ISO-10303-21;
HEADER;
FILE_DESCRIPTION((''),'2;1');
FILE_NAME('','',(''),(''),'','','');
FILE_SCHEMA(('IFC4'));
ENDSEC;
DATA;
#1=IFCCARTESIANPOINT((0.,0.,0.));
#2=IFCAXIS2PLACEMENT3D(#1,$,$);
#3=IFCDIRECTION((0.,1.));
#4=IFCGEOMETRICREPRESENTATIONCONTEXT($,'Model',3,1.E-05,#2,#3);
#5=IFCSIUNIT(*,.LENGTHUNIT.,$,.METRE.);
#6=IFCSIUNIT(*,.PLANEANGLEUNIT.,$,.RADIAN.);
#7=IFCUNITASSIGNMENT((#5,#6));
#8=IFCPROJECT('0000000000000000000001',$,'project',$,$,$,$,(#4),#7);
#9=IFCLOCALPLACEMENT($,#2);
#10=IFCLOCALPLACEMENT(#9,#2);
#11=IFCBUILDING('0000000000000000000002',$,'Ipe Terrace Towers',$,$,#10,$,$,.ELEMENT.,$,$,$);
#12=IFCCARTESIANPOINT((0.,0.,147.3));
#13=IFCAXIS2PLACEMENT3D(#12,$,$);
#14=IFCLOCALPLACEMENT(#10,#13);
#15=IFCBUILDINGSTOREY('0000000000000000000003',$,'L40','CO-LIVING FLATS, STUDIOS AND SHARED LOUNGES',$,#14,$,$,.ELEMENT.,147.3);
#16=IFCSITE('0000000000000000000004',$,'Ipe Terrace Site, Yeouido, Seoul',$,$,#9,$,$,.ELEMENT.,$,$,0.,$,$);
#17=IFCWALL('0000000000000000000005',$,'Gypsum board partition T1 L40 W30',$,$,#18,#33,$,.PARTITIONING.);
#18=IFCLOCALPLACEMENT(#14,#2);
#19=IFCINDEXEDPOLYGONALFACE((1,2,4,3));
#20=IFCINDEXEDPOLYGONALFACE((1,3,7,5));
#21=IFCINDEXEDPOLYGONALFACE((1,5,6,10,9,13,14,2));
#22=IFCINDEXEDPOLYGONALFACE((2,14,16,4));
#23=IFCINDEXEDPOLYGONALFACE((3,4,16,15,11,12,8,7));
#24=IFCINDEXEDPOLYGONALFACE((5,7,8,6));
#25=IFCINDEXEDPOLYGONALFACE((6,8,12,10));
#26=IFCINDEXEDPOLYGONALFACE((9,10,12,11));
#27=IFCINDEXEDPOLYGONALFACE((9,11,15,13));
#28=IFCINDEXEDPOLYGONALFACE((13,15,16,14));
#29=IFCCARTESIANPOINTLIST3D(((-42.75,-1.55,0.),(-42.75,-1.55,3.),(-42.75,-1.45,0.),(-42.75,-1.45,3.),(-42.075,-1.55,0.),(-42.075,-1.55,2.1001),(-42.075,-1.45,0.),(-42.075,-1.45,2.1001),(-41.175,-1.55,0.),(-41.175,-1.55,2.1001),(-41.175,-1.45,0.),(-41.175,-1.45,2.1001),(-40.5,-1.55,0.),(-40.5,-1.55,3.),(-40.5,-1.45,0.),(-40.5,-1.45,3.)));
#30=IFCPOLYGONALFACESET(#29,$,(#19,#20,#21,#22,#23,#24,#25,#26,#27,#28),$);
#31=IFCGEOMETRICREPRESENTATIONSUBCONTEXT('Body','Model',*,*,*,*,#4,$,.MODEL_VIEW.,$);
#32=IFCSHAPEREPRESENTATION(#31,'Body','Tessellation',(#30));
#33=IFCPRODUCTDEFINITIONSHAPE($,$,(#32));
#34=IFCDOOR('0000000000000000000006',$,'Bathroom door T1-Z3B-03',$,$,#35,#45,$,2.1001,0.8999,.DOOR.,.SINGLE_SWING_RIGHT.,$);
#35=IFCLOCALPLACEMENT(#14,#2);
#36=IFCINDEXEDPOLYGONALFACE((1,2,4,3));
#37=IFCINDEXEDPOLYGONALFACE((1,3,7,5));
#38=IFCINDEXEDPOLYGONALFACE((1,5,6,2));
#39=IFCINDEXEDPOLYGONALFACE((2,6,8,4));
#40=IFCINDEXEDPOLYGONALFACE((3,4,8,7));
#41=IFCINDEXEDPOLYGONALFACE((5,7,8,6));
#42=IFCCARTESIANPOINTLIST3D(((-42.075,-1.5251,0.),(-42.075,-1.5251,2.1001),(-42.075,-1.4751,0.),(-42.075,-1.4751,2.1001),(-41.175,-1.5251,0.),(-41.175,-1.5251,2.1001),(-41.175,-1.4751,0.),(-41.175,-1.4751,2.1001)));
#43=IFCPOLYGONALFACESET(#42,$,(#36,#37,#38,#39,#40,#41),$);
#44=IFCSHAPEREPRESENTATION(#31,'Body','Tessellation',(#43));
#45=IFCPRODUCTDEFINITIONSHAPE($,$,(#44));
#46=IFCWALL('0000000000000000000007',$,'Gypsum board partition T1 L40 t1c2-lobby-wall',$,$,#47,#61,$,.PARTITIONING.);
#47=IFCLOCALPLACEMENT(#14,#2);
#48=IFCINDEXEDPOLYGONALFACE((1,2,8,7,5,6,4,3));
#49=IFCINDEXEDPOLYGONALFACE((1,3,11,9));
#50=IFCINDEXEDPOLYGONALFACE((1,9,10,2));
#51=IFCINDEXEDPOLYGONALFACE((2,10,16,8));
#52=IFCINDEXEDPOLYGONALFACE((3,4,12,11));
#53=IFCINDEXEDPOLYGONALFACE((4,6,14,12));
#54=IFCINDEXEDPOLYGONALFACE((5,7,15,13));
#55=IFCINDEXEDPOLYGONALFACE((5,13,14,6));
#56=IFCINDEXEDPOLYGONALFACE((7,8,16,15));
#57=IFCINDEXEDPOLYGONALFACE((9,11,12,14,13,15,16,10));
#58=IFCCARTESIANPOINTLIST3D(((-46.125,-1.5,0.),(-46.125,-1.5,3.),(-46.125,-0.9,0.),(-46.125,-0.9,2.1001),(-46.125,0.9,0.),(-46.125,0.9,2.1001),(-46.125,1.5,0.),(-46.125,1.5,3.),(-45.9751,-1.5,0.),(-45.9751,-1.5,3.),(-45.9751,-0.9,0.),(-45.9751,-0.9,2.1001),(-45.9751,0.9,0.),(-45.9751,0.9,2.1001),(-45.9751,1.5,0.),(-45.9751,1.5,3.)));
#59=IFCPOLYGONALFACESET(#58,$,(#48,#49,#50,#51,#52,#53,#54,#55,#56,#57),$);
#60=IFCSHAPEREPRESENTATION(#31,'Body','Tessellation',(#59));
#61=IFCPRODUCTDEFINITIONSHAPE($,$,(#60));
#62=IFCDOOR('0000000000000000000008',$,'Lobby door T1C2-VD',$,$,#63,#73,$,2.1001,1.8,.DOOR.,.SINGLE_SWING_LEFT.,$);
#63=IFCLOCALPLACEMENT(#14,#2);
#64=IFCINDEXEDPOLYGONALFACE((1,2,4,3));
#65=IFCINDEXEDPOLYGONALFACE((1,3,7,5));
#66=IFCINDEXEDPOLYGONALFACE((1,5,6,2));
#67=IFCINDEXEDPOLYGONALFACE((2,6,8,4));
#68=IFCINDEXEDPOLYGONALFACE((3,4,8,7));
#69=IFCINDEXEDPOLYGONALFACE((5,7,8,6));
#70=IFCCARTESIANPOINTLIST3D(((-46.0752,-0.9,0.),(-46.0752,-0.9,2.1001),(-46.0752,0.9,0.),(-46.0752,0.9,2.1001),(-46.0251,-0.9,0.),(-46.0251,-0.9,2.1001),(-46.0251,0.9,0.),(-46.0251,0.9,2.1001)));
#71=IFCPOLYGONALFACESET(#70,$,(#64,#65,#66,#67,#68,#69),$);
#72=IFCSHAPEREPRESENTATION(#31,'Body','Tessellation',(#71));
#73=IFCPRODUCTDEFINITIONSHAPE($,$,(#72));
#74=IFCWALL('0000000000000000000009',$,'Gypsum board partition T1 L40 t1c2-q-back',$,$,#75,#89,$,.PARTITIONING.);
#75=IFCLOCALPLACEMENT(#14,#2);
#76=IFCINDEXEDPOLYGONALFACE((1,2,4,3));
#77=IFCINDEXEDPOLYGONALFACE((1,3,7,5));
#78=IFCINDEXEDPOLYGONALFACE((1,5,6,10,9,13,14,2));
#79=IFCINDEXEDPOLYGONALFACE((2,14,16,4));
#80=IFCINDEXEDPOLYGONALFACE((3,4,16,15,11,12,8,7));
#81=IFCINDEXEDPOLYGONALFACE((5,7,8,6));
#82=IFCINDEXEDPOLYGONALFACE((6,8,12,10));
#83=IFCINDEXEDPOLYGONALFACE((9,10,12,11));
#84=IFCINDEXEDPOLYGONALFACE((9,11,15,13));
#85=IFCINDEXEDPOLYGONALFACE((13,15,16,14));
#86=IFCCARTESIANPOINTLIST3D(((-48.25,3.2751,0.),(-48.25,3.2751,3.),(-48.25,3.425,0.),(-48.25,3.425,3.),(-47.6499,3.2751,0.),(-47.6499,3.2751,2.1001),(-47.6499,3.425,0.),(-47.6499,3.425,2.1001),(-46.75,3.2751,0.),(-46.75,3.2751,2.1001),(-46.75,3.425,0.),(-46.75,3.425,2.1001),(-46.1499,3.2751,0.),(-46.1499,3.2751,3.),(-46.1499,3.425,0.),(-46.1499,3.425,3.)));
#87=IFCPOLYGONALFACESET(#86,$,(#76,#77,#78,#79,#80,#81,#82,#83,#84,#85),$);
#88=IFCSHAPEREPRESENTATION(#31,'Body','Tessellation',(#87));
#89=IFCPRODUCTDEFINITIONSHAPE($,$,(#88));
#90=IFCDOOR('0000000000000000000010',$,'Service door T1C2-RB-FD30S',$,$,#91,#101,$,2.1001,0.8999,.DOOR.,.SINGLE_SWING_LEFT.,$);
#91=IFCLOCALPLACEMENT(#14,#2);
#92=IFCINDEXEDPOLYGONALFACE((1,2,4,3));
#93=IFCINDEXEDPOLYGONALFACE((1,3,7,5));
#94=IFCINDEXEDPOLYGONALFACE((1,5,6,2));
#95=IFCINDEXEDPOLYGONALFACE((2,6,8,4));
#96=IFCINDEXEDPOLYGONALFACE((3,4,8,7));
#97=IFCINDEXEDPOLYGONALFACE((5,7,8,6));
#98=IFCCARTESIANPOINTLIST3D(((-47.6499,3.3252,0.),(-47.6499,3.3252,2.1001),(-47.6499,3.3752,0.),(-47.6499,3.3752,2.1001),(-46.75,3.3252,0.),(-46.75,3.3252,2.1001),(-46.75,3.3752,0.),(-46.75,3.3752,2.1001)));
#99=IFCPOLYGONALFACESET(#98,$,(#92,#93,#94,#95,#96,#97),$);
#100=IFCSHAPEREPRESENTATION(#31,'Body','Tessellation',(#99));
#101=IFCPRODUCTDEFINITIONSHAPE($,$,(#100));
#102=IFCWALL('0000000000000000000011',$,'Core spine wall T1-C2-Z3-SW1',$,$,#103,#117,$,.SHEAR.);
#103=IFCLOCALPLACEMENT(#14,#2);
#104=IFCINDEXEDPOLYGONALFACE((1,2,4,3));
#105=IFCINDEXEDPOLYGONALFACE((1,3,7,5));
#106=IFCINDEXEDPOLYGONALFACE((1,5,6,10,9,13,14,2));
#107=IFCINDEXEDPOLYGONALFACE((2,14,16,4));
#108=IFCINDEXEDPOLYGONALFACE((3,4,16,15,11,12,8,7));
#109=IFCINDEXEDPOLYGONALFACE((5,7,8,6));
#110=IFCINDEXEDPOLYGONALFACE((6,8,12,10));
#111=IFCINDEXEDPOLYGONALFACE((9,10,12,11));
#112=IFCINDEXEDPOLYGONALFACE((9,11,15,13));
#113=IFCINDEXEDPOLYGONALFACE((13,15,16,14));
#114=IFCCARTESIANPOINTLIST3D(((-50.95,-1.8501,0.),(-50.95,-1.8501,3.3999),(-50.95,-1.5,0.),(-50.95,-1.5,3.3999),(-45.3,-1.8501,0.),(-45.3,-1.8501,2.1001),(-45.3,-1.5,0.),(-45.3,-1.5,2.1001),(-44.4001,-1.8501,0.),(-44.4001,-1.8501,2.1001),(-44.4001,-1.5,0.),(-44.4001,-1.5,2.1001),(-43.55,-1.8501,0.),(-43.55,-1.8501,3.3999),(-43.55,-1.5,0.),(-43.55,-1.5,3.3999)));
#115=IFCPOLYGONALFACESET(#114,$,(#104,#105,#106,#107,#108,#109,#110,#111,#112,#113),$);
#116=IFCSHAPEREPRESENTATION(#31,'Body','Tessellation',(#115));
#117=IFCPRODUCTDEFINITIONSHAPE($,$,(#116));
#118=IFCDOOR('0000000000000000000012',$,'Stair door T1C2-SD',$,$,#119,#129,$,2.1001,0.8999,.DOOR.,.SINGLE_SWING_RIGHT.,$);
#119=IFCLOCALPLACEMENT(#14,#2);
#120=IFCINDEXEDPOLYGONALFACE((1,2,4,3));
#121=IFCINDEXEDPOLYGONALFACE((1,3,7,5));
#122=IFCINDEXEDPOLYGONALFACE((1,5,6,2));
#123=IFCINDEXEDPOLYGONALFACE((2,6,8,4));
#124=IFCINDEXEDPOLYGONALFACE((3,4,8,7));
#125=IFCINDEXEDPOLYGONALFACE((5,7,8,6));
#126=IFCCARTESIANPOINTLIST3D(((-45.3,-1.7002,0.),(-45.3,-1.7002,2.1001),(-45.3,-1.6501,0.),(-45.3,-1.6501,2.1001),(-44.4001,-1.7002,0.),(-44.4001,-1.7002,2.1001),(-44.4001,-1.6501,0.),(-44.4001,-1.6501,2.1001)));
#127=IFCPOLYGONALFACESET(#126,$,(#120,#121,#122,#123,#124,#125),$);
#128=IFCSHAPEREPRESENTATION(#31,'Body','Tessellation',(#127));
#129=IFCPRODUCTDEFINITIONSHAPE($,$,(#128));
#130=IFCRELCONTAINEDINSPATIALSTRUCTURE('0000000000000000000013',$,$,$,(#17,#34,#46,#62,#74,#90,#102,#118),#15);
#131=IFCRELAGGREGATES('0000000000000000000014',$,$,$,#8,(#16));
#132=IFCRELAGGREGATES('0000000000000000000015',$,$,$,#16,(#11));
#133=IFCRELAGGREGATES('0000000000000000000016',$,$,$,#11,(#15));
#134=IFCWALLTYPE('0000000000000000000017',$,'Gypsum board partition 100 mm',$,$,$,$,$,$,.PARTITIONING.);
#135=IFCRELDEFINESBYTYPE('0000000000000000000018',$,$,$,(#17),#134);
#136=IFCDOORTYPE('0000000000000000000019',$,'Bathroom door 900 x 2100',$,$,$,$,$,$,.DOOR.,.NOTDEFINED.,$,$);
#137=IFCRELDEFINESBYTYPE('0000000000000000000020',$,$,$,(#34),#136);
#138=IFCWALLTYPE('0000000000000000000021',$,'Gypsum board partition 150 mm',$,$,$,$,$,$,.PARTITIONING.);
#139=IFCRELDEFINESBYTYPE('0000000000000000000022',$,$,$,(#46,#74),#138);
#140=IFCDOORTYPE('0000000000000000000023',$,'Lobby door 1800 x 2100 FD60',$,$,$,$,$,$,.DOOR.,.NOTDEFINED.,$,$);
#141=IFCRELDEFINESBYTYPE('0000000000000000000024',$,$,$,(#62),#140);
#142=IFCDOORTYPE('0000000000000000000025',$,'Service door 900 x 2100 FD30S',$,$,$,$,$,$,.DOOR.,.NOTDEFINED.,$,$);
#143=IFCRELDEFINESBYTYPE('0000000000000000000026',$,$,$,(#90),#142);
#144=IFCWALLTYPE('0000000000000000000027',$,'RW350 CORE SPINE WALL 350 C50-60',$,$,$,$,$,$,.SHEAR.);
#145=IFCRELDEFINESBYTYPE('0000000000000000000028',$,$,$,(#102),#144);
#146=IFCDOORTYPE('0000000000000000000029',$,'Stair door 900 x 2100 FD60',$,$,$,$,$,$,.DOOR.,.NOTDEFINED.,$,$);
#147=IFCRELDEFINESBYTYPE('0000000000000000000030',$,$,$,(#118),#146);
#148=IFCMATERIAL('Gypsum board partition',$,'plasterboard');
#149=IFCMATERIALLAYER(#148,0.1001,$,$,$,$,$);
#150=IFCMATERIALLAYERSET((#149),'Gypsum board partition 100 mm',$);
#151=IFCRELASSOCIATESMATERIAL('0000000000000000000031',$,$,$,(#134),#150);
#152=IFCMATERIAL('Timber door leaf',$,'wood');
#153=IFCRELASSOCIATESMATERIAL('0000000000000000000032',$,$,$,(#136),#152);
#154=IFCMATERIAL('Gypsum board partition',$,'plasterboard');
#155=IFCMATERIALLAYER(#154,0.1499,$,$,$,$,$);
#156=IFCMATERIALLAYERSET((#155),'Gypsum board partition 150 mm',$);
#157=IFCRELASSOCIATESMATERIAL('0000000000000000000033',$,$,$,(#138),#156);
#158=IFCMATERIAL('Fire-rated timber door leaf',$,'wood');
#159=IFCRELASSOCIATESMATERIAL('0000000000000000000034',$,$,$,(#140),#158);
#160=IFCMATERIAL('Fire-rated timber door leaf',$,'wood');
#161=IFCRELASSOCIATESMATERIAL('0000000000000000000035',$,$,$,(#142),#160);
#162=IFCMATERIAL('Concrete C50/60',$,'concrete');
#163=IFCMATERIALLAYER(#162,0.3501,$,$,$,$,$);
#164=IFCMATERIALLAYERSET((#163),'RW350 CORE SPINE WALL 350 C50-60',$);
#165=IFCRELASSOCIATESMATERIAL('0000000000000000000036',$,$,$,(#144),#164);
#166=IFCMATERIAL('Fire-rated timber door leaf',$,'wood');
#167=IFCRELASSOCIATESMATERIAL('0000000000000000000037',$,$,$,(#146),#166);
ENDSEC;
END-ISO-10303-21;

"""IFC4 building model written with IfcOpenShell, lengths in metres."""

from ifc_helpers import new_model, si_unit, direction, frame, frame_2d, origin, place, context, subcontext, project, spatial, rectangle, extrude, material, layer, layer_set, type_object, element, fill, save


model = new_model("IFC4")

# Units and contexts
model_context = context("Model", 3, precision=1e-05, world=origin(), true_north=direction((0.0, 1.0)))
body_context = subcontext(model_context, "Body", "Model", "MODEL_VIEW")
ifc_project = project(units=[si_unit("LENGTHUNIT", "METRE"), si_unit("PLANEANGLEUNIT", "RADIAN")], contexts=[model_context])

# Site, building, storey
site_placement = place(None, origin())
site = spatial("IfcSite", under=ifc_project, at=site_placement, Name="Ipe Terrace Site, Yeouido, Seoul", CompositionType="ELEMENT", RefElevation=0.0)
building_placement = place(site_placement, origin())
building = spatial("IfcBuilding", under=site, at=building_placement, Name="Ipe Terrace Towers", CompositionType="ELEMENT")
storey_placement = place(building_placement, frame((0.0, 0.0, 147.3)))
storey = spatial("IfcBuildingStorey", under=building, at=storey_placement, Name="L40", Description="CO-LIVING FLATS, STUDIOS AND SHARED LOUNGES", CompositionType="ELEMENT", Elevation=147.3)

# Walls, openings, doors
ifc_material_1 = material(Name="Gypsum board partition", Category="plasterboard")
ifc_layer_1 = layer(ifc_material_1, 0.1001)
ifc_layer_set_1 = layer_set([ifc_layer_1], Name="Gypsum board partition 100 mm")
wall_type_1 = type_object("IfcWallType", Name="Gypsum board partition 100 mm", PredefinedType="PARTITIONING", material=ifc_layer_set_1)
wall_1_placement = place(storey_placement, frame((-42.75, -1.5, 0.0), z_axis=(0.0, 0.0, 1.0), x_axis=(1.0, 0.0, 0.0)))
wall_1 = element("IfcWall", 1, at=wall_1_placement, inside=storey, type_object=wall_type_1, Name="Gypsum board partition T1 L40 W30", PredefinedType="PARTITIONING", context=body_context, shape_type="SweptSolid", body=[
    extrude(rectangle(XDim=2.25, YDim=0.1001, at=frame_2d((1.125, 0.0))), origin(), (0.0, 0.0, 1.0), 3.0),
])
opening_1_placement = place(wall_1_placement, frame((0.675, 0.0, 0.0)))
opening_1 = element("IfcOpeningElement", 2, at=opening_1_placement, cuts=wall_1, PredefinedType="OPENING", context=body_context, shape_type="SweptSolid", body=[
    extrude(rectangle(XDim=0.8999, YDim=2.1001, at=frame_2d((0.45, 1.05))), frame((0.0, 0.0601, 0.0), z_axis=(0.0, -1.0, 0.0), x_axis=(1.0, 0.0, 0.0)), (0.0, 0.0, 1.0), 0.1201),
])
ifc_material_2 = material(Name="Timber door leaf", Category="wood")
door_type_1 = type_object("IfcDoorType", Name="Bathroom door 900 x 2100", OperationType="NOTDEFINED", PredefinedType="DOOR", material=ifc_material_2)
door_1_placement = place(opening_1_placement, origin())
door_1 = element("IfcDoor", 3, at=door_1_placement, inside=storey, type_object=door_type_1, Name="Bathroom door T1-Z3B-03", OperationType="SINGLE_SWING_RIGHT", OverallHeight=2.1001, OverallWidth=0.8999, PredefinedType="DOOR", context=body_context, shape_type="SweptSolid", body=[
    extrude(rectangle(XDim=0.8999, YDim=2.1001, at=frame_2d((0.45, 1.05))), frame((0.0, 0.0249, 0.0), z_axis=(0.0, -1.0, 0.0), x_axis=(1.0, 0.0, 0.0)), (0.0, 0.0, 1.0), 0.05),
])
fill(opening_1, door_1)
ifc_material_3 = material(Name="Gypsum board partition", Category="plasterboard")
ifc_layer_2 = layer(ifc_material_3, 0.1499)
ifc_layer_set_2 = layer_set([ifc_layer_2], Name="Gypsum board partition 150 mm")
wall_type_2 = type_object("IfcWallType", Name="Gypsum board partition 150 mm", PredefinedType="PARTITIONING", material=ifc_layer_set_2)
wall_2_placement = place(storey_placement, frame((-46.05, 1.5, 0.0), z_axis=(0.0, 0.0, 1.0), x_axis=(0.0, -1.0, 0.0)))
wall_2 = element("IfcWall", 4, at=wall_2_placement, inside=storey, type_object=wall_type_2, Name="Gypsum board partition T1 L40 t1c2-lobby-wall", PredefinedType="PARTITIONING", context=body_context, shape_type="SweptSolid", body=[
    extrude(rectangle(XDim=3.0, YDim=0.1499, at=frame_2d((1.5, 0.0))), origin(), (0.0, 0.0, 1.0), 3.0),
])
opening_2_placement = place(wall_2_placement, frame((0.6001, 0.0, 0.0)))
opening_2 = element("IfcOpeningElement", 5, at=opening_2_placement, cuts=wall_2, PredefinedType="OPENING", context=body_context, shape_type="SweptSolid", body=[
    extrude(rectangle(XDim=1.8, YDim=2.1001, at=frame_2d((0.8999, 1.05))), frame((0.0, 0.085, 0.0), z_axis=(0.0, -1.0, 0.0), x_axis=(1.0, 0.0, 0.0)), (0.0, 0.0, 1.0), 0.1699),
])
ifc_material_4 = material(Name="Fire-rated timber door leaf", Category="wood")
door_type_2 = type_object("IfcDoorType", Name="Lobby door 1800 x 2100 FD60", OperationType="NOTDEFINED", PredefinedType="DOOR", material=ifc_material_4)
door_2_placement = place(opening_2_placement, origin())
door_2 = element("IfcDoor", 6, at=door_2_placement, inside=storey, type_object=door_type_2, Name="Lobby door T1C2-VD", OperationType="SINGLE_SWING_LEFT", OverallHeight=2.1001, OverallWidth=1.8, PredefinedType="DOOR", context=body_context, shape_type="SweptSolid", body=[
    extrude(rectangle(XDim=1.8, YDim=2.1001, at=frame_2d((0.8999, 1.05))), frame((0.0, 0.0249, 0.0), z_axis=(0.0, -1.0, 0.0), x_axis=(1.0, 0.0, 0.0)), (0.0, 0.0, 1.0), 0.05),
])
fill(opening_2, door_2)
wall_3_placement = place(storey_placement, frame((-46.1499, 3.3501, 0.0), z_axis=(0.0, 0.0, 1.0), x_axis=(-1.0, 0.0, 0.0)))
wall_3 = element("IfcWall", 7, at=wall_3_placement, inside=storey, type_object=wall_type_2, Name="Gypsum board partition T1 L40 t1c2-q-back", PredefinedType="PARTITIONING", context=body_context, shape_type="SweptSolid", body=[
    extrude(rectangle(XDim=2.1001, YDim=0.1499, at=frame_2d((1.05, 0.0))), origin(), (0.0, 0.0, 1.0), 3.0),
])
opening_3_placement = place(wall_3_placement, frame((0.6001, 0.0, 0.0)))
opening_3 = element("IfcOpeningElement", 8, at=opening_3_placement, cuts=wall_3, PredefinedType="OPENING", context=body_context, shape_type="SweptSolid", body=[
    extrude(rectangle(XDim=0.8999, YDim=2.1001, at=frame_2d((0.45, 1.05))), frame((0.0, 0.085, 0.0), z_axis=(0.0, -1.0, 0.0), x_axis=(1.0, 0.0, 0.0)), (0.0, 0.0, 1.0), 0.1699),
])
ifc_material_5 = material(Name="Fire-rated timber door leaf", Category="wood")
door_type_3 = type_object("IfcDoorType", Name="Service door 900 x 2100 FD30S", OperationType="NOTDEFINED", PredefinedType="DOOR", material=ifc_material_5)
door_3_placement = place(opening_3_placement, origin())
door_3 = element("IfcDoor", 9, at=door_3_placement, inside=storey, type_object=door_type_3, Name="Service door T1C2-RB-FD30S", OperationType="SINGLE_SWING_LEFT", OverallHeight=2.1001, OverallWidth=0.8999, PredefinedType="DOOR", context=body_context, shape_type="SweptSolid", body=[
    extrude(rectangle(XDim=0.8999, YDim=2.1001, at=frame_2d((0.45, 1.05))), frame((0.0, 0.0249, 0.0), z_axis=(0.0, -1.0, 0.0), x_axis=(1.0, 0.0, 0.0)), (0.0, 0.0, 1.0), 0.05),
])
fill(opening_3, door_3)
ifc_material_6 = material(Name="Concrete C50/60", Category="concrete")
ifc_layer_3 = layer(ifc_material_6, 0.3501)
ifc_layer_set_3 = layer_set([ifc_layer_3], Name="RW350 CORE SPINE WALL 350 C50-60")
wall_type_3 = type_object("IfcWallType", Name="RW350 CORE SPINE WALL 350 C50-60", PredefinedType="SHEAR", material=ifc_layer_set_3)
wall_4_placement = place(storey_placement, frame((-50.95, -1.675, 0.0), z_axis=(0.0, 0.0, 1.0), x_axis=(1.0, 0.0, 0.0)))
wall_4 = element("IfcWall", 10, at=wall_4_placement, inside=storey, type_object=wall_type_3, Name="Core spine wall T1-C2-Z3-SW1", PredefinedType="SHEAR", context=body_context, shape_type="SweptSolid", body=[
    extrude(rectangle(XDim=7.3999, YDim=0.3501, at=frame_2d((3.7, 0.0))), origin(), (0.0, 0.0, 1.0), 3.3999),
])
opening_4_placement = place(wall_4_placement, frame((5.6499, 0.0, 0.0)))
opening_4 = element("IfcOpeningElement", 11, at=opening_4_placement, cuts=wall_4, PredefinedType="OPENING", context=body_context, shape_type="SweptSolid", body=[
    extrude(rectangle(XDim=0.8999, YDim=2.1001, at=frame_2d((0.45, 1.05))), frame((0.0, 0.1851, 0.0), z_axis=(0.0, -1.0, 0.0), x_axis=(1.0, 0.0, 0.0)), (0.0, 0.0, 1.0), 0.3701),
])
ifc_material_7 = material(Name="Fire-rated timber door leaf", Category="wood")
door_type_4 = type_object("IfcDoorType", Name="Stair door 900 x 2100 FD60", OperationType="NOTDEFINED", PredefinedType="DOOR", material=ifc_material_7)
door_4_placement = place(opening_4_placement, origin())
door_4 = element("IfcDoor", 12, at=door_4_placement, inside=storey, type_object=door_type_4, Name="Stair door T1C2-SD", OperationType="SINGLE_SWING_RIGHT", OverallHeight=2.1001, OverallWidth=0.8999, PredefinedType="DOOR", context=body_context, shape_type="SweptSolid", body=[
    extrude(rectangle(XDim=0.8999, YDim=2.1001, at=frame_2d((0.45, 1.05))), frame((0.0, 0.0249, 0.0), z_axis=(0.0, -1.0, 0.0), x_axis=(1.0, 0.0, 0.0)), (0.0, 0.0, 1.0), 0.05),
])
fill(opening_4, door_4)

save(model, "model.ifc")
